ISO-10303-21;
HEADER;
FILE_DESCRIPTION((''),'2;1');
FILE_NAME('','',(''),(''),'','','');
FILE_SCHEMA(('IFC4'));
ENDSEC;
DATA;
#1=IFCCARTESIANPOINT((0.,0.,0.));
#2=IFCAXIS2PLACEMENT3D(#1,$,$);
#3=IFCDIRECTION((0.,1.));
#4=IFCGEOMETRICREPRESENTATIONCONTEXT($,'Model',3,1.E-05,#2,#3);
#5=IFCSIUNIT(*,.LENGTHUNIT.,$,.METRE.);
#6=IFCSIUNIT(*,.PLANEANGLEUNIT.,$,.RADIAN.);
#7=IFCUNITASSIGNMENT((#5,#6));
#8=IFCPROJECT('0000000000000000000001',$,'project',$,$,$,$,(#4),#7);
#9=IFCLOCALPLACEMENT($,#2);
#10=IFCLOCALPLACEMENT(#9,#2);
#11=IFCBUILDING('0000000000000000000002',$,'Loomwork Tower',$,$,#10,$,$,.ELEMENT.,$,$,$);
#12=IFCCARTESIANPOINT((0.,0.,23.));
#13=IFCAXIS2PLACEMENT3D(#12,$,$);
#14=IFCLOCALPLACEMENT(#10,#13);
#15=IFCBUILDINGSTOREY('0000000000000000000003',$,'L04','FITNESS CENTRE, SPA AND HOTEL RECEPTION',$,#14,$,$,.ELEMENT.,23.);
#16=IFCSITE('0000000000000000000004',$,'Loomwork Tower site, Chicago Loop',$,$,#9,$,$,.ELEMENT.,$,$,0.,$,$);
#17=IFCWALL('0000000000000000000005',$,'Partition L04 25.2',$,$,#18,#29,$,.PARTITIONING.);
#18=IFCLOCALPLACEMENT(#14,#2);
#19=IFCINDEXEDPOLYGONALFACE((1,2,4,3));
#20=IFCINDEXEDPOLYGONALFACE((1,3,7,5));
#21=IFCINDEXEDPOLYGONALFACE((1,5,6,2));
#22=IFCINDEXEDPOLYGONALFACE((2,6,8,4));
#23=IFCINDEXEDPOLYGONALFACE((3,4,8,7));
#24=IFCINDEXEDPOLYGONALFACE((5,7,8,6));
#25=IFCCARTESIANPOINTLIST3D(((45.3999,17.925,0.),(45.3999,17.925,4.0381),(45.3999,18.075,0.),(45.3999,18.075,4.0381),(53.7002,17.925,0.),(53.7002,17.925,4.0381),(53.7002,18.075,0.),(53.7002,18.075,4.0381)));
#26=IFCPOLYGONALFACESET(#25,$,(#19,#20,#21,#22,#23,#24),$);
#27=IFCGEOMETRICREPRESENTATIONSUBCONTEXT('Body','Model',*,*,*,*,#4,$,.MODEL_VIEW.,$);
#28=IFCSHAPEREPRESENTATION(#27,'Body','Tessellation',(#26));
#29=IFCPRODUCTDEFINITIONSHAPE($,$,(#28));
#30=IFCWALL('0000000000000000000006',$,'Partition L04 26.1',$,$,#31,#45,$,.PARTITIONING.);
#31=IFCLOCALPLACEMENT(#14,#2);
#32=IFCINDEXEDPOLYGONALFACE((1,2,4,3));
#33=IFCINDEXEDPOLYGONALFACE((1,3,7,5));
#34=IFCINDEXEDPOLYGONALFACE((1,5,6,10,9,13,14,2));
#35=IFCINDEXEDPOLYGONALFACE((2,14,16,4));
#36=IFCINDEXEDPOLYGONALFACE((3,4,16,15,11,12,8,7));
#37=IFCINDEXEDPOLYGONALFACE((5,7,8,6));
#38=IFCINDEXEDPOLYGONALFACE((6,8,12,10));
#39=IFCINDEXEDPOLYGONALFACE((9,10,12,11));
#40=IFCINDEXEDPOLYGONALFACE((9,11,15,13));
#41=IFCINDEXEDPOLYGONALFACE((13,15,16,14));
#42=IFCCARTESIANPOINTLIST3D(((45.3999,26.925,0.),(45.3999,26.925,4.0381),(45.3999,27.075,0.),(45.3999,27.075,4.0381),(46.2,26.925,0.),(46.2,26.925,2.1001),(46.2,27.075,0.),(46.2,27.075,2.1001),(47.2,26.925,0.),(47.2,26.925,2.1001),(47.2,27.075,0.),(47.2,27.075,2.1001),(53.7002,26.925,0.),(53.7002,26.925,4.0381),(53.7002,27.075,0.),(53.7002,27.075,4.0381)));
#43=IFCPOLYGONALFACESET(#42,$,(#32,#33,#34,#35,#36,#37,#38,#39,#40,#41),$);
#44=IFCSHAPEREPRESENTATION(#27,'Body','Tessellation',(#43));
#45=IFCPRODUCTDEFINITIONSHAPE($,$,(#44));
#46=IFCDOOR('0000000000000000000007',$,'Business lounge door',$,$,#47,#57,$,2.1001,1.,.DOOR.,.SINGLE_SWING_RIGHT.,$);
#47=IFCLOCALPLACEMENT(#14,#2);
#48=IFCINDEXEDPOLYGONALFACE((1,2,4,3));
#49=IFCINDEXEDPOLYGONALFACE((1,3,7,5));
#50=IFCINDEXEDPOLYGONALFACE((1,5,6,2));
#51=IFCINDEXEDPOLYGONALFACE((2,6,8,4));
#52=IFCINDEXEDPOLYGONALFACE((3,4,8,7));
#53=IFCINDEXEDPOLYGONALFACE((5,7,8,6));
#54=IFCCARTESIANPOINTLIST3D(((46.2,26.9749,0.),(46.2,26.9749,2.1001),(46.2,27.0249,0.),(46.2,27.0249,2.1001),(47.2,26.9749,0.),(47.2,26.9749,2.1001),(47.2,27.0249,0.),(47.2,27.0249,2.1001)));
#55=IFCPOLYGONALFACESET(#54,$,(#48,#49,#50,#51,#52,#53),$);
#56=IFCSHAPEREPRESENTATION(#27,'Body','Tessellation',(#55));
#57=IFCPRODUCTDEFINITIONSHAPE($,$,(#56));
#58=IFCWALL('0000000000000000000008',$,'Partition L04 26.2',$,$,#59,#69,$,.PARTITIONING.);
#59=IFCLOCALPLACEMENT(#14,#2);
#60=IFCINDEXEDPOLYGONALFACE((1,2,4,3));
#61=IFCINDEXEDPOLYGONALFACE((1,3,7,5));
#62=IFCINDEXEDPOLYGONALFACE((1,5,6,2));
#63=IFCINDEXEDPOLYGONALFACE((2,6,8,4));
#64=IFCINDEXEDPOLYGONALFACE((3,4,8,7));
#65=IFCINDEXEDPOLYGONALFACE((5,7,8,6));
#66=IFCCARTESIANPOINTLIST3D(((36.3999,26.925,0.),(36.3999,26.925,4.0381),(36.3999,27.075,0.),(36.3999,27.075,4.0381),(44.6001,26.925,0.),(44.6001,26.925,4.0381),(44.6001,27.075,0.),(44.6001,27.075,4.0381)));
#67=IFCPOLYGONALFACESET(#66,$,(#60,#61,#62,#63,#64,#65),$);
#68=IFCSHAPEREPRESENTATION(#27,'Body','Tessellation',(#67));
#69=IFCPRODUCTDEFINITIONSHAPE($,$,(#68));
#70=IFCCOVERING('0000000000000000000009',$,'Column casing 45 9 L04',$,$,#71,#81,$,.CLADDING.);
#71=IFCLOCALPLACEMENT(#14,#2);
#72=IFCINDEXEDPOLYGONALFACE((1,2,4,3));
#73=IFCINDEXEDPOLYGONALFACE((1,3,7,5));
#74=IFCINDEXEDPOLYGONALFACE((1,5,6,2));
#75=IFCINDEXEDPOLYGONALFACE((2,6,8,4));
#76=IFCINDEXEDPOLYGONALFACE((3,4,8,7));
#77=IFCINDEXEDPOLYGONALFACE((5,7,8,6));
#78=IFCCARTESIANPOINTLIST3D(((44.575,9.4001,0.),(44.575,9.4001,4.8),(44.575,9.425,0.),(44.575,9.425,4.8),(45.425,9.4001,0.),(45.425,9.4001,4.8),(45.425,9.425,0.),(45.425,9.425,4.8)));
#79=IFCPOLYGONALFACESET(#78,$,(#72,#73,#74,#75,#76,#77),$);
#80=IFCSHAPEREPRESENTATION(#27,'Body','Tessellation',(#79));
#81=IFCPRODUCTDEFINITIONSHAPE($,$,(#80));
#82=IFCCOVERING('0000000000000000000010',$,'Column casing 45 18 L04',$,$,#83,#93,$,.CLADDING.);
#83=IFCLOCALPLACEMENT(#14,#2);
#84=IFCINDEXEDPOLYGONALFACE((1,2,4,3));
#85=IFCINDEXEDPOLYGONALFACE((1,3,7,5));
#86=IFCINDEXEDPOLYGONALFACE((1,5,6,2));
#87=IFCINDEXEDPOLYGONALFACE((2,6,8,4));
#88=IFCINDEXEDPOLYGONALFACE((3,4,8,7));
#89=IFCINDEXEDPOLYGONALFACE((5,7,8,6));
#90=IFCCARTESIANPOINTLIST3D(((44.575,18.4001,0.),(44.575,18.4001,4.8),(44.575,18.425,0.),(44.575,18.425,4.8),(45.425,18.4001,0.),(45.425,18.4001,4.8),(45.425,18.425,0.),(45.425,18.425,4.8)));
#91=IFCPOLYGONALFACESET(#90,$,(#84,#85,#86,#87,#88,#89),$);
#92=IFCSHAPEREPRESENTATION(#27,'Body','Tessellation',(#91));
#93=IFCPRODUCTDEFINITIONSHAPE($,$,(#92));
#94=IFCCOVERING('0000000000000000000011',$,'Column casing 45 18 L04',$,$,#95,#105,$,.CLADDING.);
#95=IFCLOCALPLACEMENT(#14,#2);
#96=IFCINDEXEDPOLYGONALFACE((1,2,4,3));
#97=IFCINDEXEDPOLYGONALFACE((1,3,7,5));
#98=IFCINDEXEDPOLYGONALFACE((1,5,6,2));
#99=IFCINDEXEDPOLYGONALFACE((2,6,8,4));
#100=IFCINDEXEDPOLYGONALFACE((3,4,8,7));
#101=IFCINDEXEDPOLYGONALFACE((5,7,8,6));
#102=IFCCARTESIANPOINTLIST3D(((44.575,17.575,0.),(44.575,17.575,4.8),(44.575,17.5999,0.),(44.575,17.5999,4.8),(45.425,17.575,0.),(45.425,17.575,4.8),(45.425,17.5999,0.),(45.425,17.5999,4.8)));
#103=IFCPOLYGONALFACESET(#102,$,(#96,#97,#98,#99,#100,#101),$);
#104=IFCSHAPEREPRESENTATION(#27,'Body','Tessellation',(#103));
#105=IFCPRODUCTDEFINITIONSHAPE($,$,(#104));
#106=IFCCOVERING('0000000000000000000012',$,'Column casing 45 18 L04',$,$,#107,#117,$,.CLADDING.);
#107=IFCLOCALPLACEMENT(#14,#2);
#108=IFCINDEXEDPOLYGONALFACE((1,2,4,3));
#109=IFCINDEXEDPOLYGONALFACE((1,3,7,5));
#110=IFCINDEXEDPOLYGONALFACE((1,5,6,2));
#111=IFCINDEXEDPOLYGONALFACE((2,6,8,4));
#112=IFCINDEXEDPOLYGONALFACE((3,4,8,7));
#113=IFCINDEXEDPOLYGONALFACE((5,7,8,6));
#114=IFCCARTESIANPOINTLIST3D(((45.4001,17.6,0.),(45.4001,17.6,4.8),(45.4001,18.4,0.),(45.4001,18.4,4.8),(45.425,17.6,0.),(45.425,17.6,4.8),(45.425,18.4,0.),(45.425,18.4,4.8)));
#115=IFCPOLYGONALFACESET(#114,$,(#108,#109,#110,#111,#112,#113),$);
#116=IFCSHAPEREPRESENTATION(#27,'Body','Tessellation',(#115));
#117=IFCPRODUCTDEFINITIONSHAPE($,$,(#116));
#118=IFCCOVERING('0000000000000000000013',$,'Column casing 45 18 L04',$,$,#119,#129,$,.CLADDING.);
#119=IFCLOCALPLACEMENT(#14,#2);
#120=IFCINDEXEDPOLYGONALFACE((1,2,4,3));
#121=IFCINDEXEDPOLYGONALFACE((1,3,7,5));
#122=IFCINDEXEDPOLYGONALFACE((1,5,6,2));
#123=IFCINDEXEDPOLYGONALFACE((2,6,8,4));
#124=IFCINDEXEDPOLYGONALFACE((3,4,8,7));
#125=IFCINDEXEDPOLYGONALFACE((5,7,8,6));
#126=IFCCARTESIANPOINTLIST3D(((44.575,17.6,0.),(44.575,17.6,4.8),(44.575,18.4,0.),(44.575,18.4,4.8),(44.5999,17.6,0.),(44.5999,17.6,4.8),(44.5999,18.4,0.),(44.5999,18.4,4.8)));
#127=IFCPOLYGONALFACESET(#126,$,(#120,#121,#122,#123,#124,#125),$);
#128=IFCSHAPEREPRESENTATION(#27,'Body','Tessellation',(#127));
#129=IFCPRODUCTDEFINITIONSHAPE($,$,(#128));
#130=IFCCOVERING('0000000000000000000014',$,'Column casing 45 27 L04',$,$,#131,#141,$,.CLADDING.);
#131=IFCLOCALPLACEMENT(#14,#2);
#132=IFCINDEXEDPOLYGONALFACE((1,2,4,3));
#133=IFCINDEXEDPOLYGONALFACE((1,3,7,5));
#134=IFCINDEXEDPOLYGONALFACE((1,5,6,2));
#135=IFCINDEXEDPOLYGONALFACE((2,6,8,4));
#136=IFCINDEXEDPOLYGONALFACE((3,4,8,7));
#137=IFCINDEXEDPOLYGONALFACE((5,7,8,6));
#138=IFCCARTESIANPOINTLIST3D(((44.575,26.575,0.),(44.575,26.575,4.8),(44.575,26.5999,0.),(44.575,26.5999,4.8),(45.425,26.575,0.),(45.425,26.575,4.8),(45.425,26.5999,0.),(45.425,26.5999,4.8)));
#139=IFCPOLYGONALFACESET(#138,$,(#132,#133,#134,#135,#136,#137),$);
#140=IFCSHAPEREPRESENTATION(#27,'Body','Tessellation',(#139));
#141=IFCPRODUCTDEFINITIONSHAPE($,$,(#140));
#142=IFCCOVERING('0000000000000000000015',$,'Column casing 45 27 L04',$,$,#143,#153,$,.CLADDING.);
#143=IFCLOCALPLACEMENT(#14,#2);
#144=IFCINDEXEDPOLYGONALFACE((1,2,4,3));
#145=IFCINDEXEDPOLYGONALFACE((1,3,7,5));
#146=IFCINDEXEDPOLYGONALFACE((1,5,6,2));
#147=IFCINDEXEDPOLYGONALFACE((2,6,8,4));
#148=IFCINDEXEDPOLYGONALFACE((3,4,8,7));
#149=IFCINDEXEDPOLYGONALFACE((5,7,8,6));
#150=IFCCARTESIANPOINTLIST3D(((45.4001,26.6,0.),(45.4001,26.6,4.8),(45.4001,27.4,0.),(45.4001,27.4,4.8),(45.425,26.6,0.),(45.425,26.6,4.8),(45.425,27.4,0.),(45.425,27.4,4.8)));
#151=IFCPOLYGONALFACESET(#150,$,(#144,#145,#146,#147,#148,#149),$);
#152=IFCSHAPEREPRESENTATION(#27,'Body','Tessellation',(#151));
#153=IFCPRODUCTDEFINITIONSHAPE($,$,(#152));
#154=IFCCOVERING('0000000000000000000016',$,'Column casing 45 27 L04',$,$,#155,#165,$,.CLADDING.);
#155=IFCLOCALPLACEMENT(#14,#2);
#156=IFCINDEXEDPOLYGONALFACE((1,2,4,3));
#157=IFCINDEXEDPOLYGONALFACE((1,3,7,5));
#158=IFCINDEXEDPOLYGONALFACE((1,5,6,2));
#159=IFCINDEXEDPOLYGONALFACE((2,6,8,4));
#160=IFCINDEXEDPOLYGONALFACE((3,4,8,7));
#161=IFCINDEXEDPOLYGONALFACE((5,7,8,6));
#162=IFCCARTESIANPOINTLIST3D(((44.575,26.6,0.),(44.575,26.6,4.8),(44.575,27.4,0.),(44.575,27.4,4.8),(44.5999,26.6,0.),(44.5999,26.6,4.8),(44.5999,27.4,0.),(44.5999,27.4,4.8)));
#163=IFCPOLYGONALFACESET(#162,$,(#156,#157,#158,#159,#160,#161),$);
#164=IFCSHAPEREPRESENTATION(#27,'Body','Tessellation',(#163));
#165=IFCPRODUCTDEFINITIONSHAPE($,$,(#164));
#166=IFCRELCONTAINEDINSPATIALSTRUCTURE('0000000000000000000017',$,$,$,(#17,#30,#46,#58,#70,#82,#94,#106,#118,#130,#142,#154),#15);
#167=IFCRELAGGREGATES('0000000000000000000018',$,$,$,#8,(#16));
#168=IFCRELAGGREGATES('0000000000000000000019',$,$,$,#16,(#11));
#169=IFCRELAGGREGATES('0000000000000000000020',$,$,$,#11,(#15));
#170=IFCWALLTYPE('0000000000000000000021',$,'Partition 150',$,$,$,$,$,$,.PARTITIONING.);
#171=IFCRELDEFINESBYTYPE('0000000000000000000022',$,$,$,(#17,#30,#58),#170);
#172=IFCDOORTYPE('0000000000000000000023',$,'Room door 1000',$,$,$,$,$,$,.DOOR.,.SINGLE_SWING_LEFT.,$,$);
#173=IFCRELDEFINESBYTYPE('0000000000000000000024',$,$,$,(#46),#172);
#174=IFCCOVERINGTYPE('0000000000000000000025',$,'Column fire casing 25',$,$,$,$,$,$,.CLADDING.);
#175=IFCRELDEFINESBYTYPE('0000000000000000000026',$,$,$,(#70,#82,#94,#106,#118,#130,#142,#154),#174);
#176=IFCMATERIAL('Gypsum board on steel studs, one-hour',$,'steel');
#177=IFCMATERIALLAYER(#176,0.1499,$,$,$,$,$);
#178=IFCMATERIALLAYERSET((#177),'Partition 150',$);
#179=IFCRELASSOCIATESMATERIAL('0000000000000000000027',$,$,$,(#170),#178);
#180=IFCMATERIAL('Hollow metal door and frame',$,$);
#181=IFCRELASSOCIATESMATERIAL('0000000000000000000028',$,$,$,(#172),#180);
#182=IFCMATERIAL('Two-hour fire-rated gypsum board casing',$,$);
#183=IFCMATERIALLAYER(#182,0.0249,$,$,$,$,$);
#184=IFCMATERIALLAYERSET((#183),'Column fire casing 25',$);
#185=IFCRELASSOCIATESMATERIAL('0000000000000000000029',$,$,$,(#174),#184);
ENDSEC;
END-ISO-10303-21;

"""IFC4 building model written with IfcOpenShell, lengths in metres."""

from ifc_helpers import new_model, si_unit, direction, frame, frame_2d, origin, origin_2d, place, context, subcontext, project, spatial, rectangle, extrude, material, layer, layer_set, type_object, element, fill, save


model = new_model("IFC4")

# Units and contexts
model_context = context("Model", 3, precision=1e-05, world=origin(), true_north=direction((0.0, 1.0)))
body_context = subcontext(model_context, "Body", "Model", "MODEL_VIEW")
ifc_project = project(units=[si_unit("LENGTHUNIT", "METRE"), si_unit("PLANEANGLEUNIT", "RADIAN")], contexts=[model_context])

# Site, building, storey
site_placement = place(None, origin())
site = spatial("IfcSite", under=ifc_project, at=site_placement, Name="Loomwork Tower site, Chicago Loop", CompositionType="ELEMENT", RefElevation=0.0)
building_placement = place(site_placement, origin())
building = spatial("IfcBuilding", under=site, at=building_placement, Name="Loomwork Tower", CompositionType="ELEMENT")
storey_placement = place(building_placement, frame((0.0, 0.0, 23.0)))
storey = spatial("IfcBuildingStorey", under=building, at=storey_placement, Name="L04", Description="FITNESS CENTRE, SPA AND HOTEL RECEPTION", CompositionType="ELEMENT", Elevation=23.0)

# Wall
ifc_material_1 = material(Name="Gypsum board on steel studs, one-hour", Category="steel")
ifc_layer_1 = layer(ifc_material_1, 0.1499)
ifc_layer_set_1 = layer_set([ifc_layer_1], Name="Partition 150")
wall_type = type_object("IfcWallType", Name="Partition 150", PredefinedType="PARTITIONING", material=ifc_layer_set_1)
wall_1_placement = place(storey_placement, frame((45.3999, 18.0, 0.0), z_axis=(0.0, 0.0, 1.0), x_axis=(1.0, 0.0, 0.0)))
element("IfcWall", 1, at=wall_1_placement, inside=storey, type_object=wall_type, Name="Partition L04 25.2", PredefinedType="PARTITIONING", context=body_context, shape_type="SweptSolid", body=[
    extrude(rectangle(XDim=8.3003, YDim=0.1499, at=frame_2d((4.1501, 0.0))), origin(), (0.0, 0.0, 1.0), 4.0381),
])

# Wall, opening, door
wall_2_placement = place(storey_placement, frame((53.7002, 27.0, 0.0), z_axis=(0.0, 0.0, 1.0), x_axis=(-1.0, 0.0, 0.0)))
wall_2 = element("IfcWall", 2, at=wall_2_placement, inside=storey, type_object=wall_type, Name="Partition L04 26.1", PredefinedType="PARTITIONING", context=body_context, shape_type="SweptSolid", body=[
    extrude(rectangle(XDim=8.3003, YDim=0.1499, at=frame_2d((4.1501, 0.0))), origin(), (0.0, 0.0, 1.0), 4.0381),
])
opening_placement = place(wall_2_placement, frame((6.5002, 0.0, 0.0)))
opening = element("IfcOpeningElement", 3, at=opening_placement, cuts=wall_2, PredefinedType="OPENING", context=body_context, shape_type="SweptSolid", body=[
    extrude(rectangle(XDim=1.0, YDim=2.1001, at=frame_2d((0.5, 1.05))), frame((0.0, 0.085, 0.0), z_axis=(0.0, -1.0, 0.0), x_axis=(1.0, 0.0, 0.0)), (0.0, 0.0, 1.0), 0.1699),
])
ifc_material_2 = material(Name="Hollow metal door and frame")
door_type = type_object("IfcDoorType", Name="Room door 1000", OperationType="SINGLE_SWING_LEFT", PredefinedType="DOOR", material=ifc_material_2)
door_placement = place(opening_placement, frame((1.0, 0.0, 0.0), z_axis=(0.0, 0.0, 1.0), x_axis=(-1.0, 0.0, 0.0)))
door = element("IfcDoor", 4, at=door_placement, inside=storey, type_object=door_type, Name="Business lounge door", OperationType="SINGLE_SWING_RIGHT", OverallHeight=2.1001, OverallWidth=1.0, PredefinedType="DOOR", context=body_context, shape_type="SweptSolid", body=[
    extrude(rectangle(XDim=1.0, YDim=2.1001, at=frame_2d((0.5, 1.05))), frame((0.0, 0.0249, 0.0), z_axis=(0.0, -1.0, 0.0), x_axis=(1.0, 0.0, 0.0)), (0.0, 0.0, 1.0), 0.05),
])
fill(opening, door)

# Wall
wall_3_placement = place(storey_placement, frame((44.6001, 27.0, 0.0), z_axis=(0.0, 0.0, 1.0), x_axis=(-1.0, 0.0, 0.0)))
element("IfcWall", 5, at=wall_3_placement, inside=storey, type_object=wall_type, Name="Partition L04 26.2", PredefinedType="PARTITIONING", context=body_context, shape_type="SweptSolid", body=[
    extrude(rectangle(XDim=8.2002, YDim=0.1499, at=frame_2d((4.1001, 0.0))), origin(), (0.0, 0.0, 1.0), 4.0381),
])

# Coverings
ifc_material_3 = material(Name="Two-hour fire-rated gypsum board casing")
ifc_layer_2 = layer(ifc_material_3, 0.0249)
ifc_layer_set_2 = layer_set([ifc_layer_2], Name="Column fire casing 25")
covering_type = type_object("IfcCoveringType", Name="Column fire casing 25", PredefinedType="CLADDING", material=ifc_layer_set_2)
for number, where, z_axis, x_axis, name in (
    (6, (45.0, 9.4126, 0.0), (0.0, 0.0, 1.0), (1.0, 0.0, 0.0), "Column casing 45 9 L04"),
    (7, (45.0, 18.4126, 0.0), (0.0, 0.0, 1.0), (1.0, 0.0, 0.0), "Column casing 45 18 L04"),
    (8, (45.0, 17.5874, 0.0), (0.0, 0.0, 1.0), (1.0, 0.0, 0.0), "Column casing 45 18 L04"),
):
    element("IfcCovering", number, at=place(storey_placement, frame(where, z_axis=z_axis, x_axis=x_axis)), inside=storey, type_object=covering_type, Name=name, PredefinedType="CLADDING", context=body_context, shape_type="SweptSolid", body=[
        extrude(rectangle(XDim=0.8501, YDim=0.0249, at=origin_2d()), origin(), (0.0, 0.0, 1.0), 4.8),
    ])
for number, where, z_axis, x_axis, name in (
    (9, (45.4126, 18.0, 0.0), (0.0, 0.0, 1.0), (1.0, 0.0, 0.0), "Column casing 45 18 L04"),
    (10, (44.5874, 18.0, 0.0), (0.0, 0.0, 1.0), (1.0, 0.0, 0.0), "Column casing 45 18 L04"),
):
    element("IfcCovering", number, at=place(storey_placement, frame(where, z_axis=z_axis, x_axis=x_axis)), inside=storey, type_object=covering_type, Name=name, PredefinedType="CLADDING", context=body_context, shape_type="SweptSolid", body=[
        extrude(rectangle(XDim=0.0249, YDim=0.8, at=origin_2d()), origin(), (0.0, 0.0, 1.0), 4.8),
    ])
covering_placement = place(storey_placement, frame((45.0, 26.5874, 0.0), z_axis=(0.0, 0.0, 1.0), x_axis=(1.0, 0.0, 0.0)))
element("IfcCovering", 11, at=covering_placement, inside=storey, type_object=covering_type, Name="Column casing 45 27 L04", PredefinedType="CLADDING", context=body_context, shape_type="SweptSolid", body=[
    extrude(rectangle(XDim=0.8501, YDim=0.0249, at=origin_2d()), origin(), (0.0, 0.0, 1.0), 4.8),
])
for number, where, z_axis, x_axis, name in (
    (12, (45.4126, 27.0, 0.0), (0.0, 0.0, 1.0), (1.0, 0.0, 0.0), "Column casing 45 27 L04"),
    (13, (44.5874, 27.0, 0.0), (0.0, 0.0, 1.0), (1.0, 0.0, 0.0), "Column casing 45 27 L04"),
):
    element("IfcCovering", number, at=place(storey_placement, frame(where, z_axis=z_axis, x_axis=x_axis)), inside=storey, type_object=covering_type, Name=name, PredefinedType="CLADDING", context=body_context, shape_type="SweptSolid", body=[
        extrude(rectangle(XDim=0.0249, YDim=0.8, at=origin_2d()), origin(), (0.0, 0.0, 1.0), 4.8),
    ])

save(model, "model.ifc")
